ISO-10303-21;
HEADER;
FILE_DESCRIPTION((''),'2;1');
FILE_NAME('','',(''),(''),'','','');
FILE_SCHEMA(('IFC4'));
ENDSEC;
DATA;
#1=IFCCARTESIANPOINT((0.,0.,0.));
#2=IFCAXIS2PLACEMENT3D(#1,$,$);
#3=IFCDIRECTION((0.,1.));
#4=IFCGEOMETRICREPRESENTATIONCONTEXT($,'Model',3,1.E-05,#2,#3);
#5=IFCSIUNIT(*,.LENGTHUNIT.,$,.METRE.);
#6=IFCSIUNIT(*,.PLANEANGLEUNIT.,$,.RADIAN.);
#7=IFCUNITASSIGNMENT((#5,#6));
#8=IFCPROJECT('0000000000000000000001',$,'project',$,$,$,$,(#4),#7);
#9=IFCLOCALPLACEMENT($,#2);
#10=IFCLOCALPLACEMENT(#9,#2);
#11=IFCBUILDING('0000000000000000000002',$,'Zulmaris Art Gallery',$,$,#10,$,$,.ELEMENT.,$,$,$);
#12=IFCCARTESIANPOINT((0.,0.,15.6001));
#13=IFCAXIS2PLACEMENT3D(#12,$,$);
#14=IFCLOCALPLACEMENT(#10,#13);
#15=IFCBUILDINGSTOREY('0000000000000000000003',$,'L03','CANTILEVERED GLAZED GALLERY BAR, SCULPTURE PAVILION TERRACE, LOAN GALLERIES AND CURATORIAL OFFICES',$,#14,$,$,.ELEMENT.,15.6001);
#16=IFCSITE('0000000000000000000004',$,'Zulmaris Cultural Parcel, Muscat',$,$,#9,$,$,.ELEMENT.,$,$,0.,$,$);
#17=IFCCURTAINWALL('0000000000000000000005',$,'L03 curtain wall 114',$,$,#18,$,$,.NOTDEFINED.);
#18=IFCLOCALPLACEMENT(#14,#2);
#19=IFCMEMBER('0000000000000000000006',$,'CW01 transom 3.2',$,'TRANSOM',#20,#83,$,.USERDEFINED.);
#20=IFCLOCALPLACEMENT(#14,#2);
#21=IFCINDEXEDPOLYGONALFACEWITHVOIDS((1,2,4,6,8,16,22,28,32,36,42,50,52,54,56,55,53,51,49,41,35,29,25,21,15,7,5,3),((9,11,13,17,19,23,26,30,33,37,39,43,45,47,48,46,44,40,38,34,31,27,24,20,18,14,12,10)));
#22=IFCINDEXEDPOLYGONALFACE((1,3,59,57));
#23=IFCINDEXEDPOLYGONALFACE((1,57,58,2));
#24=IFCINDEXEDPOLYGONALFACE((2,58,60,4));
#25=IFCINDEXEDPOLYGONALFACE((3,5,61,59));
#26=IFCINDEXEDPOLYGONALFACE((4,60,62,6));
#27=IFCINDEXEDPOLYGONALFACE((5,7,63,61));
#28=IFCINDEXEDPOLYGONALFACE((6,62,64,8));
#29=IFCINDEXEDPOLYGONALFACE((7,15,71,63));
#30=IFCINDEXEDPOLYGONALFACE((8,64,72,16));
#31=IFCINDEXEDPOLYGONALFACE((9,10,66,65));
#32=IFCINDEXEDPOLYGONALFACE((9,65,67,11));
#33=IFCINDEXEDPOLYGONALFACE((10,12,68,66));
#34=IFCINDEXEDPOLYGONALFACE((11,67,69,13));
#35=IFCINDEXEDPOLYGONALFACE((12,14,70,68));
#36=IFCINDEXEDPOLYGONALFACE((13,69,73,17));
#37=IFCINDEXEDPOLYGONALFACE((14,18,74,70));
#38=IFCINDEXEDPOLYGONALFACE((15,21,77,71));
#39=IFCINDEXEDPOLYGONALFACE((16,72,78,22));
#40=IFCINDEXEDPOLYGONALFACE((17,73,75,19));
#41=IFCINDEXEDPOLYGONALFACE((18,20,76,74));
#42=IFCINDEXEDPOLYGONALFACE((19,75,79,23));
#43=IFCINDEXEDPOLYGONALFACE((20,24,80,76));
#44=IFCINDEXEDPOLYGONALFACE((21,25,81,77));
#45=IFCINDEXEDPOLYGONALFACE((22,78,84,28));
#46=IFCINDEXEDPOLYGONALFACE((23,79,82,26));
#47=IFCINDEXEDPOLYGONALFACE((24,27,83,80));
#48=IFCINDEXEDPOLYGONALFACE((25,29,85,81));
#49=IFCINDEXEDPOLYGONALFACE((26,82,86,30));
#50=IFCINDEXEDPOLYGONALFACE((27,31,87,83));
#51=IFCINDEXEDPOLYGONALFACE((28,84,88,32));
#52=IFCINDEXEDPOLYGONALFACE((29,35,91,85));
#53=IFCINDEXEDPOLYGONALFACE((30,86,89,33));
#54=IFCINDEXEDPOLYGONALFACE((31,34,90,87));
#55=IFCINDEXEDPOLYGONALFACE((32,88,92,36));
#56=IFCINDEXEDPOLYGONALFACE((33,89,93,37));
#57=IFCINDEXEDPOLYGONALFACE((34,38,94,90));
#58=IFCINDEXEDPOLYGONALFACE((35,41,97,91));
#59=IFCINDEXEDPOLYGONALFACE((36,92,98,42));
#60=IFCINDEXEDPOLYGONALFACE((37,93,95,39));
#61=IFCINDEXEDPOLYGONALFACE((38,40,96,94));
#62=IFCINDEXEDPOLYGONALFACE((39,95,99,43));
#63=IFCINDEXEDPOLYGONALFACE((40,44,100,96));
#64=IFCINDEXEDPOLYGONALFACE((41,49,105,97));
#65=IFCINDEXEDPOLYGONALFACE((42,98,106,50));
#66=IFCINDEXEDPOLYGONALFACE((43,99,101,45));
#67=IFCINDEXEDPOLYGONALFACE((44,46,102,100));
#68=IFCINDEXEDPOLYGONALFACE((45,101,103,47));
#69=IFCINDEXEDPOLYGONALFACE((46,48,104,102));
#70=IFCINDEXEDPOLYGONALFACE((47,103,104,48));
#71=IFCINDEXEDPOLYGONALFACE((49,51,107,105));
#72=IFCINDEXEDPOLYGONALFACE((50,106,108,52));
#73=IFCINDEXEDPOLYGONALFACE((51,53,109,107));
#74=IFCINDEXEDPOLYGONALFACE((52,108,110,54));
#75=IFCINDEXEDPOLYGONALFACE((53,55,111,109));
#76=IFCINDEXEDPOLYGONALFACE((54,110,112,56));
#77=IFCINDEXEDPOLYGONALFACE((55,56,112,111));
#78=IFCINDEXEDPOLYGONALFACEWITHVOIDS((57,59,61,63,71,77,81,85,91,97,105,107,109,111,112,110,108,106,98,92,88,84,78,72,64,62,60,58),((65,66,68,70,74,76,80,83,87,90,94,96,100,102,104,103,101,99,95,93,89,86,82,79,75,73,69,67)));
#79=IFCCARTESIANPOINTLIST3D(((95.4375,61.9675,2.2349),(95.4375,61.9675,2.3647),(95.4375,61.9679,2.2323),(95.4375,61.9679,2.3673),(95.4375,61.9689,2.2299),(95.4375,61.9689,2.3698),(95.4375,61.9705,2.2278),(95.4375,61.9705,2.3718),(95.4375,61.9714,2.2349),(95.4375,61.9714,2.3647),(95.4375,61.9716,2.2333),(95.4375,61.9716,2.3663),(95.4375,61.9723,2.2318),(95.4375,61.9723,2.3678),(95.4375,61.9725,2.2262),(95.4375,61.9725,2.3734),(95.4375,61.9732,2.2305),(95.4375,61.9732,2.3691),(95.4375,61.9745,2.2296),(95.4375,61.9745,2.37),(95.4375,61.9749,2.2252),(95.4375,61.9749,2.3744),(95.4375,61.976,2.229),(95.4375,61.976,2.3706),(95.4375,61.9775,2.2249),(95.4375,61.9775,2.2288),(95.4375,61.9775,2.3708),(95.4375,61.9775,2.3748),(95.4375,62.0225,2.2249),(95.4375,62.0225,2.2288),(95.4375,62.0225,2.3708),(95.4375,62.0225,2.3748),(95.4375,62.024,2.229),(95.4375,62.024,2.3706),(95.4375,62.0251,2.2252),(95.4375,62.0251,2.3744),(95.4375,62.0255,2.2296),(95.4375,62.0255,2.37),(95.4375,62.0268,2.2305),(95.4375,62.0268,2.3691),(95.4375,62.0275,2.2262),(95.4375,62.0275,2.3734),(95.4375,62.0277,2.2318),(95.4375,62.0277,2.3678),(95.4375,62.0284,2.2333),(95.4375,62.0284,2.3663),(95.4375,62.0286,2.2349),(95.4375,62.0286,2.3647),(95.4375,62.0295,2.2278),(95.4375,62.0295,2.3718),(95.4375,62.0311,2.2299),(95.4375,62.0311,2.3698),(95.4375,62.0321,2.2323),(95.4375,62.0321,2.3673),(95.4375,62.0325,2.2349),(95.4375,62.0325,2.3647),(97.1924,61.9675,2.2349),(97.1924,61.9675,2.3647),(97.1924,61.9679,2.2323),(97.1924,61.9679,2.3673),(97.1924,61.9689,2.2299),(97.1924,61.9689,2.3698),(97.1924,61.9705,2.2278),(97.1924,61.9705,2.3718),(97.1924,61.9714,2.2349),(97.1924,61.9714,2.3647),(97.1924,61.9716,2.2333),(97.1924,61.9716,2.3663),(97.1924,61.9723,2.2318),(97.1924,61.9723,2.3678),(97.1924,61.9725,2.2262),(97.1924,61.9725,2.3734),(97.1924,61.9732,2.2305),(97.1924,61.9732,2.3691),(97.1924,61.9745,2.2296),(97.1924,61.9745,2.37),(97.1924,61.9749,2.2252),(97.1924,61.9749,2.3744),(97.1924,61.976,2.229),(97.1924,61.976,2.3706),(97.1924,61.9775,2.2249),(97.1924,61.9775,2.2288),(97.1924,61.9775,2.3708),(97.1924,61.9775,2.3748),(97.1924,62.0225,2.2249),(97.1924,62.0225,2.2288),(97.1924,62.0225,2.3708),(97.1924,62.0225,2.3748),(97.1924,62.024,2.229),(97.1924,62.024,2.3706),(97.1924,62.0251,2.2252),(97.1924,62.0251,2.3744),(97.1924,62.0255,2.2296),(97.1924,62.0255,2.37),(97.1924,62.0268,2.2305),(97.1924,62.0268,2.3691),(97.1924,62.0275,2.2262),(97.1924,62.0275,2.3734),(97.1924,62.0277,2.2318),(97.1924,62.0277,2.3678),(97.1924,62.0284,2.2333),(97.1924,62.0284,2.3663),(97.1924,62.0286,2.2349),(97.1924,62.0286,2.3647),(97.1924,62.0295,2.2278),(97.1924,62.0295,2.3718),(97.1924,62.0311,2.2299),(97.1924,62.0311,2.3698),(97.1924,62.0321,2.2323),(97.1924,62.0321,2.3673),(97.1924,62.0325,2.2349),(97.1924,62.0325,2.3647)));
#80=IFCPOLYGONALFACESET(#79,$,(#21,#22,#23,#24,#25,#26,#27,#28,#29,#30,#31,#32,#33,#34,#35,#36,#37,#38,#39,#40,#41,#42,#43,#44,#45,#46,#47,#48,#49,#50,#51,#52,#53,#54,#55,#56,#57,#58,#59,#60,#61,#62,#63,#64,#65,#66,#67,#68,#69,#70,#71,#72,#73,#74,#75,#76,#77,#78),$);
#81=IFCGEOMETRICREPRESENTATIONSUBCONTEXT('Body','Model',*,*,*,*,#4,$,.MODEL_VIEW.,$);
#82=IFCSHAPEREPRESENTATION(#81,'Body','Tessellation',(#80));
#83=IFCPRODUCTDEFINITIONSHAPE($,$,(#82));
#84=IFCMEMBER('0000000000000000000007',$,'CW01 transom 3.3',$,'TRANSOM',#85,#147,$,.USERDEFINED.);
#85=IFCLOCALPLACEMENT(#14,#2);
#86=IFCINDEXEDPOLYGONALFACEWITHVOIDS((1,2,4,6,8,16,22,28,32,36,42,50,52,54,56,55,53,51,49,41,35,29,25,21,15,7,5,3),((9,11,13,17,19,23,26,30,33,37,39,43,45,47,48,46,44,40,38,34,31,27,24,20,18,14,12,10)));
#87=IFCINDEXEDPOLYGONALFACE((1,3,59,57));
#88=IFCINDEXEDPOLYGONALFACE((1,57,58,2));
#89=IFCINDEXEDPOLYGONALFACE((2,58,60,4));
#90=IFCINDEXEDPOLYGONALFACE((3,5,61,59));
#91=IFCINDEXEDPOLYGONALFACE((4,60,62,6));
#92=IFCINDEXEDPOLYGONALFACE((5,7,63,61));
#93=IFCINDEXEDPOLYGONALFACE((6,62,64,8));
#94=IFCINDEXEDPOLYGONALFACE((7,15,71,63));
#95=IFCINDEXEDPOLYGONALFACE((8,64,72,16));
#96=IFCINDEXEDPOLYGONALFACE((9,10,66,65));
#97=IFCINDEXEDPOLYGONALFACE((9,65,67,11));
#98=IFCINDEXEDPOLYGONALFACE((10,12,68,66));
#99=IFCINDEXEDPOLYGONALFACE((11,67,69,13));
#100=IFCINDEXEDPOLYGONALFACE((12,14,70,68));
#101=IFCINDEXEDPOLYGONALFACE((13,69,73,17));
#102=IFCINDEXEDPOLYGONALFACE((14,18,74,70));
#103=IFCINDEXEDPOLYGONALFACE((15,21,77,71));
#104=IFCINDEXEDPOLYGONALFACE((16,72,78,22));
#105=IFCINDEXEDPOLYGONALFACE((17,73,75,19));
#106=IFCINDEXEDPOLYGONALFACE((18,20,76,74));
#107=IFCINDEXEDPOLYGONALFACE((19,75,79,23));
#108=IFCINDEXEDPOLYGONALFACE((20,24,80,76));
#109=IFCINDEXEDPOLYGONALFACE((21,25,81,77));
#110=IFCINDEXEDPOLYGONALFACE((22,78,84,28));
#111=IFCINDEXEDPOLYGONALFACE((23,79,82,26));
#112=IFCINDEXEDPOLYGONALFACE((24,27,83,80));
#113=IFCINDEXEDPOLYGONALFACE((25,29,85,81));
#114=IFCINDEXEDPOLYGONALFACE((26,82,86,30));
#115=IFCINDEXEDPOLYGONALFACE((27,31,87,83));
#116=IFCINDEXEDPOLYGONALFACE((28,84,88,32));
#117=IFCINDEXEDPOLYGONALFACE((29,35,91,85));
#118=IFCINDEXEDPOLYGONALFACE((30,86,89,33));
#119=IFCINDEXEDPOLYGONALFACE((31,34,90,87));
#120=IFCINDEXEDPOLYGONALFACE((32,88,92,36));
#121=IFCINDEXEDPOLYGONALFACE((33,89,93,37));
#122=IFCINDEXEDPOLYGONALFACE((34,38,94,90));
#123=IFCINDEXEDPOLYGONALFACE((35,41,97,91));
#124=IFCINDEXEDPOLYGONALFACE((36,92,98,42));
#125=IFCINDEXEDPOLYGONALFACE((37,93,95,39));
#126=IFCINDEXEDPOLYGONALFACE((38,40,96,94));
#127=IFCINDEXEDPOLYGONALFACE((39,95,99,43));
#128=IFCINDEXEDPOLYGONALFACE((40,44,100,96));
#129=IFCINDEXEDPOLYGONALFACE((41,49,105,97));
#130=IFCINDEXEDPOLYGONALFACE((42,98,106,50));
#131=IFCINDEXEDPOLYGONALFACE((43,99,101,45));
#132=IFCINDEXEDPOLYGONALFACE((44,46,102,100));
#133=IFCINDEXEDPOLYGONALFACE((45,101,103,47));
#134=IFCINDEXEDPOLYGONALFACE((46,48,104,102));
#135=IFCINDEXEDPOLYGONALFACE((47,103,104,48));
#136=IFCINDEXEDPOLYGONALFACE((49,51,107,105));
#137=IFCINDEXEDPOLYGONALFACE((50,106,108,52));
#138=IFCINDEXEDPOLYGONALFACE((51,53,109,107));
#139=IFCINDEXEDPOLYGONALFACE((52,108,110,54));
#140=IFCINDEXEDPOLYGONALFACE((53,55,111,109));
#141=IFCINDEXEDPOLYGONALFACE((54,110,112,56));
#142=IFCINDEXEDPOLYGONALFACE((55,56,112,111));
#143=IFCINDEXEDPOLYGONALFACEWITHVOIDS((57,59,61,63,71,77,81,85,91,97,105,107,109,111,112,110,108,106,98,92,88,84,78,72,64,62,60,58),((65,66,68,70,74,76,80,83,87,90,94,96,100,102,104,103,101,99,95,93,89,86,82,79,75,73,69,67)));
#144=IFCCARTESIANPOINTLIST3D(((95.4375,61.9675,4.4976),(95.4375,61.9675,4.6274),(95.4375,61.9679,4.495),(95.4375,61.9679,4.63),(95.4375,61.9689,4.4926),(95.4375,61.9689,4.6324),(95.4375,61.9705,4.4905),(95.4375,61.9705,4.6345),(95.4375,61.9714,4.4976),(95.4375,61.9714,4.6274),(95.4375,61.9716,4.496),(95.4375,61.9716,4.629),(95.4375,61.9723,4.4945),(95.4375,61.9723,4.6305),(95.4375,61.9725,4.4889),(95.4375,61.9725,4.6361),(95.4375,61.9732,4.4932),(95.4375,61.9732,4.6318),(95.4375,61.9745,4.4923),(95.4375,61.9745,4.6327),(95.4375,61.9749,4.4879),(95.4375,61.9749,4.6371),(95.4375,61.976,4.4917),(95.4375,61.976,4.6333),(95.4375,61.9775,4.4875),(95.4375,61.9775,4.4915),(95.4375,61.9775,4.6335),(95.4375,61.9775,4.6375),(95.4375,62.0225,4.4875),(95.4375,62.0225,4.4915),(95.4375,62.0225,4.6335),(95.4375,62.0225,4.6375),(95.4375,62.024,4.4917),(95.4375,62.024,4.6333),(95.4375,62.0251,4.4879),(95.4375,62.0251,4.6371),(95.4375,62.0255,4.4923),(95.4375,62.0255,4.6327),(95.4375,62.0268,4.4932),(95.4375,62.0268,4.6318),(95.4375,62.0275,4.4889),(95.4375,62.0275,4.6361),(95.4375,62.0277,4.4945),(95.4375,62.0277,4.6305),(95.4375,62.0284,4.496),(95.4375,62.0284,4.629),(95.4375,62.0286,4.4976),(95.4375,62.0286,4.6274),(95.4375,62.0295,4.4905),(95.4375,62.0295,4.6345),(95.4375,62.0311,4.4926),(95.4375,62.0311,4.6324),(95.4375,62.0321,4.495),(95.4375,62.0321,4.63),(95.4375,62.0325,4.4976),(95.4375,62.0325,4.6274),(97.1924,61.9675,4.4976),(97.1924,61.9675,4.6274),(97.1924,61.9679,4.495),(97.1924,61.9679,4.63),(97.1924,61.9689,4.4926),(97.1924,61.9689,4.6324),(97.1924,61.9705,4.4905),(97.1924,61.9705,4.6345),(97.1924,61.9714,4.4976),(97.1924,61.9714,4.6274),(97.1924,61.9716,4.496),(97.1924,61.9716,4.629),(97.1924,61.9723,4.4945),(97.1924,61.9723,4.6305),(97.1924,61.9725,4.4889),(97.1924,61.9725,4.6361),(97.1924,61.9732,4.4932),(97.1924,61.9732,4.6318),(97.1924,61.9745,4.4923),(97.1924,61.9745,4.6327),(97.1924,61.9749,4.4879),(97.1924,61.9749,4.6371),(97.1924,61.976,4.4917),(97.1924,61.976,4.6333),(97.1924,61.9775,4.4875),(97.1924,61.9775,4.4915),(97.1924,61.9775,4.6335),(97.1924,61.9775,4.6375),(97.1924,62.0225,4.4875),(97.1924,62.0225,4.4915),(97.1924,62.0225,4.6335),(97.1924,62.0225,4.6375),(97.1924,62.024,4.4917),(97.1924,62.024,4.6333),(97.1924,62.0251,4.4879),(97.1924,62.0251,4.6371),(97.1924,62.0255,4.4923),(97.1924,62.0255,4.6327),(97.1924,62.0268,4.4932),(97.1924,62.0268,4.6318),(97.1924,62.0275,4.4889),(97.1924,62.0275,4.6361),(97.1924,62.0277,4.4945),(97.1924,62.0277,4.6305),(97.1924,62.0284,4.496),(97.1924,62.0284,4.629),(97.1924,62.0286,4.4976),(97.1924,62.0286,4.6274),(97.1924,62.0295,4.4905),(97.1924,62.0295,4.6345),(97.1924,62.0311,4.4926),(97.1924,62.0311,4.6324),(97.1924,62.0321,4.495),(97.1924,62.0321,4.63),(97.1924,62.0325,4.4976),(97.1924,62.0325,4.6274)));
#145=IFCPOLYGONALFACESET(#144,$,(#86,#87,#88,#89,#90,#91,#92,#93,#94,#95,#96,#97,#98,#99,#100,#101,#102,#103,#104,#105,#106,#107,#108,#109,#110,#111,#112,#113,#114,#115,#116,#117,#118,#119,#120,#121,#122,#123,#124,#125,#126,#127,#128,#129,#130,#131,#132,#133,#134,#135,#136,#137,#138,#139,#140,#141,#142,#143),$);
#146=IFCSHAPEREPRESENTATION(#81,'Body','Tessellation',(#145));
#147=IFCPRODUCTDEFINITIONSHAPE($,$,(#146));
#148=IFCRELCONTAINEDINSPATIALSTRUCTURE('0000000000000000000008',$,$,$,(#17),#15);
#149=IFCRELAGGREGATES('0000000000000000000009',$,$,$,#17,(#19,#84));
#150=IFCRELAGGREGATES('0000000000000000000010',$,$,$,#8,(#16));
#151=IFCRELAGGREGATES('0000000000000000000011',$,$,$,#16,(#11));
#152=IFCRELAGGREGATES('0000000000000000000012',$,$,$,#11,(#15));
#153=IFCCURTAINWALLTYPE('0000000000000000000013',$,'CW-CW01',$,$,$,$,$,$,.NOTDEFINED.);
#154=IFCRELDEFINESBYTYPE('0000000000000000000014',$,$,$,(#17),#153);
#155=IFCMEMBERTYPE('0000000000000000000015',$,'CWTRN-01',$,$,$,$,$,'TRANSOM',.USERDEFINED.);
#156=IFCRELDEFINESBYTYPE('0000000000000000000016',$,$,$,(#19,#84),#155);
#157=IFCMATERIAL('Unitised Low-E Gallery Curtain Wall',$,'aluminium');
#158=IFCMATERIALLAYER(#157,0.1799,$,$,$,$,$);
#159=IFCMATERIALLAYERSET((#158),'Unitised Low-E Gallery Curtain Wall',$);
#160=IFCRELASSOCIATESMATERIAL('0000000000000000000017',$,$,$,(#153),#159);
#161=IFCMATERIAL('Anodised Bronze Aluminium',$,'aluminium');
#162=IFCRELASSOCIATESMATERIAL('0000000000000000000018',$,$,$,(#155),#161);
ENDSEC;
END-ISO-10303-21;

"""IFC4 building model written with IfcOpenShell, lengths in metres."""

from ifc_helpers import new_model, si_unit, direction, frame, origin, origin_2d, place, context, subcontext, project, spatial, hollow_rectangle, extrude, material, layer, layer_set, material_profile, profile_set, type_object, element, aggregate, save


model = new_model("IFC4")

# Units and contexts
model_context = context("Model", 3, precision=1e-05, world=origin(), true_north=direction((0.0, 1.0)))
body_context = subcontext(model_context, "Body", "Model", "MODEL_VIEW")
ifc_project = project(units=[si_unit("LENGTHUNIT", "METRE"), si_unit("PLANEANGLEUNIT", "RADIAN")], contexts=[model_context])

# Site, building, storey
site_placement = place(None, origin())
site = spatial("IfcSite", under=ifc_project, at=site_placement, Name="Zulmaris Cultural Parcel, Muscat", CompositionType="ELEMENT", RefElevation=0.0)
building_placement = place(site_placement, origin())
building = spatial("IfcBuilding", under=site, at=building_placement, Name="Zulmaris Art Gallery", CompositionType="ELEMENT")
storey_placement = place(building_placement, frame((0.0, 0.0, 15.6001)))
storey = spatial("IfcBuildingStorey", under=building, at=storey_placement, Name="L03", Description="CANTILEVERED GLAZED GALLERY BAR, SCULPTURE PAVILION TERRACE, LOAN GALLERIES AND CURATORIAL OFFICES", CompositionType="ELEMENT", Elevation=15.6001)

# Curtain wall, members
ifc_material_1 = material(Name="Unitised Low-E Gallery Curtain Wall", Category="aluminium")
ifc_layer_1 = layer(ifc_material_1, 0.1799)
ifc_layer_set_1 = layer_set([ifc_layer_1], Name="Unitised Low-E Gallery Curtain Wall")
curtain_wall_type = type_object("IfcCurtainWallType", Name="CW-CW01", PredefinedType="NOTDEFINED", material=ifc_layer_set_1)
curtain_wall_placement = place(storey_placement, origin())
curtain_wall = element("IfcCurtainWall", 1, at=curtain_wall_placement, inside=storey, type_object=curtain_wall_type, Name="L03 curtain wall 114", PredefinedType="NOTDEFINED")
ifc_material_2 = material(Name="Anodised Bronze Aluminium", Category="aluminium")
ifc_material_profile_1 = material_profile(ifc_material_2, hollow_rectangle(XDim=0.0649, YDim=0.1499, WallThickness=0.0039, InnerFilletRadius=0.0061, OuterFilletRadius=0.01, at=origin_2d()), Name="ALU 65x150x4")
ifc_profile_set_1 = profile_set([ifc_material_profile_1], Name="Anodised Bronze Aluminium")
member_type_1 = type_object("IfcMemberType", Name="CWTRN-01", ElementType="TRANSOM", PredefinedType="USERDEFINED", material=ifc_profile_set_1)
member_1_placement = place(storey_placement, frame((95.4375, 62.0, 2.2998), z_axis=(1.0, 0.0, 0.0), x_axis=(0.0, 1.0, 0.0)))
member_1 = element("IfcMember", 2, at=member_1_placement, type_object=member_type_1, Name="CW01 transom 3.2", ObjectType="TRANSOM", PredefinedType="USERDEFINED", context=body_context, shape_type="SweptSolid", body=[
    extrude(hollow_rectangle(XDim=0.0649, YDim=0.1499, WallThickness=0.0039, InnerFilletRadius=0.0061, OuterFilletRadius=0.01, at=origin_2d()), origin(), (0.0, 0.0, 1.0), 1.7549),
])
member_2_placement = place(storey_placement, frame((95.4375, 62.0, 4.5625), z_axis=(1.0, 0.0, 0.0), x_axis=(0.0, 1.0, 0.0)))
member_2 = element("IfcMember", 3, at=member_2_placement, type_object=member_type_1, Name="CW01 transom 3.3", ObjectType="TRANSOM", PredefinedType="USERDEFINED", context=body_context, shape_type="SweptSolid", body=[
    extrude(hollow_rectangle(XDim=0.0649, YDim=0.1499, WallThickness=0.0039, InnerFilletRadius=0.0061, OuterFilletRadius=0.01, at=origin_2d()), origin(), (0.0, 0.0, 1.0), 1.7549),
])
aggregate(curtain_wall, [member_1, member_2])

save(model, "model.ifc")
